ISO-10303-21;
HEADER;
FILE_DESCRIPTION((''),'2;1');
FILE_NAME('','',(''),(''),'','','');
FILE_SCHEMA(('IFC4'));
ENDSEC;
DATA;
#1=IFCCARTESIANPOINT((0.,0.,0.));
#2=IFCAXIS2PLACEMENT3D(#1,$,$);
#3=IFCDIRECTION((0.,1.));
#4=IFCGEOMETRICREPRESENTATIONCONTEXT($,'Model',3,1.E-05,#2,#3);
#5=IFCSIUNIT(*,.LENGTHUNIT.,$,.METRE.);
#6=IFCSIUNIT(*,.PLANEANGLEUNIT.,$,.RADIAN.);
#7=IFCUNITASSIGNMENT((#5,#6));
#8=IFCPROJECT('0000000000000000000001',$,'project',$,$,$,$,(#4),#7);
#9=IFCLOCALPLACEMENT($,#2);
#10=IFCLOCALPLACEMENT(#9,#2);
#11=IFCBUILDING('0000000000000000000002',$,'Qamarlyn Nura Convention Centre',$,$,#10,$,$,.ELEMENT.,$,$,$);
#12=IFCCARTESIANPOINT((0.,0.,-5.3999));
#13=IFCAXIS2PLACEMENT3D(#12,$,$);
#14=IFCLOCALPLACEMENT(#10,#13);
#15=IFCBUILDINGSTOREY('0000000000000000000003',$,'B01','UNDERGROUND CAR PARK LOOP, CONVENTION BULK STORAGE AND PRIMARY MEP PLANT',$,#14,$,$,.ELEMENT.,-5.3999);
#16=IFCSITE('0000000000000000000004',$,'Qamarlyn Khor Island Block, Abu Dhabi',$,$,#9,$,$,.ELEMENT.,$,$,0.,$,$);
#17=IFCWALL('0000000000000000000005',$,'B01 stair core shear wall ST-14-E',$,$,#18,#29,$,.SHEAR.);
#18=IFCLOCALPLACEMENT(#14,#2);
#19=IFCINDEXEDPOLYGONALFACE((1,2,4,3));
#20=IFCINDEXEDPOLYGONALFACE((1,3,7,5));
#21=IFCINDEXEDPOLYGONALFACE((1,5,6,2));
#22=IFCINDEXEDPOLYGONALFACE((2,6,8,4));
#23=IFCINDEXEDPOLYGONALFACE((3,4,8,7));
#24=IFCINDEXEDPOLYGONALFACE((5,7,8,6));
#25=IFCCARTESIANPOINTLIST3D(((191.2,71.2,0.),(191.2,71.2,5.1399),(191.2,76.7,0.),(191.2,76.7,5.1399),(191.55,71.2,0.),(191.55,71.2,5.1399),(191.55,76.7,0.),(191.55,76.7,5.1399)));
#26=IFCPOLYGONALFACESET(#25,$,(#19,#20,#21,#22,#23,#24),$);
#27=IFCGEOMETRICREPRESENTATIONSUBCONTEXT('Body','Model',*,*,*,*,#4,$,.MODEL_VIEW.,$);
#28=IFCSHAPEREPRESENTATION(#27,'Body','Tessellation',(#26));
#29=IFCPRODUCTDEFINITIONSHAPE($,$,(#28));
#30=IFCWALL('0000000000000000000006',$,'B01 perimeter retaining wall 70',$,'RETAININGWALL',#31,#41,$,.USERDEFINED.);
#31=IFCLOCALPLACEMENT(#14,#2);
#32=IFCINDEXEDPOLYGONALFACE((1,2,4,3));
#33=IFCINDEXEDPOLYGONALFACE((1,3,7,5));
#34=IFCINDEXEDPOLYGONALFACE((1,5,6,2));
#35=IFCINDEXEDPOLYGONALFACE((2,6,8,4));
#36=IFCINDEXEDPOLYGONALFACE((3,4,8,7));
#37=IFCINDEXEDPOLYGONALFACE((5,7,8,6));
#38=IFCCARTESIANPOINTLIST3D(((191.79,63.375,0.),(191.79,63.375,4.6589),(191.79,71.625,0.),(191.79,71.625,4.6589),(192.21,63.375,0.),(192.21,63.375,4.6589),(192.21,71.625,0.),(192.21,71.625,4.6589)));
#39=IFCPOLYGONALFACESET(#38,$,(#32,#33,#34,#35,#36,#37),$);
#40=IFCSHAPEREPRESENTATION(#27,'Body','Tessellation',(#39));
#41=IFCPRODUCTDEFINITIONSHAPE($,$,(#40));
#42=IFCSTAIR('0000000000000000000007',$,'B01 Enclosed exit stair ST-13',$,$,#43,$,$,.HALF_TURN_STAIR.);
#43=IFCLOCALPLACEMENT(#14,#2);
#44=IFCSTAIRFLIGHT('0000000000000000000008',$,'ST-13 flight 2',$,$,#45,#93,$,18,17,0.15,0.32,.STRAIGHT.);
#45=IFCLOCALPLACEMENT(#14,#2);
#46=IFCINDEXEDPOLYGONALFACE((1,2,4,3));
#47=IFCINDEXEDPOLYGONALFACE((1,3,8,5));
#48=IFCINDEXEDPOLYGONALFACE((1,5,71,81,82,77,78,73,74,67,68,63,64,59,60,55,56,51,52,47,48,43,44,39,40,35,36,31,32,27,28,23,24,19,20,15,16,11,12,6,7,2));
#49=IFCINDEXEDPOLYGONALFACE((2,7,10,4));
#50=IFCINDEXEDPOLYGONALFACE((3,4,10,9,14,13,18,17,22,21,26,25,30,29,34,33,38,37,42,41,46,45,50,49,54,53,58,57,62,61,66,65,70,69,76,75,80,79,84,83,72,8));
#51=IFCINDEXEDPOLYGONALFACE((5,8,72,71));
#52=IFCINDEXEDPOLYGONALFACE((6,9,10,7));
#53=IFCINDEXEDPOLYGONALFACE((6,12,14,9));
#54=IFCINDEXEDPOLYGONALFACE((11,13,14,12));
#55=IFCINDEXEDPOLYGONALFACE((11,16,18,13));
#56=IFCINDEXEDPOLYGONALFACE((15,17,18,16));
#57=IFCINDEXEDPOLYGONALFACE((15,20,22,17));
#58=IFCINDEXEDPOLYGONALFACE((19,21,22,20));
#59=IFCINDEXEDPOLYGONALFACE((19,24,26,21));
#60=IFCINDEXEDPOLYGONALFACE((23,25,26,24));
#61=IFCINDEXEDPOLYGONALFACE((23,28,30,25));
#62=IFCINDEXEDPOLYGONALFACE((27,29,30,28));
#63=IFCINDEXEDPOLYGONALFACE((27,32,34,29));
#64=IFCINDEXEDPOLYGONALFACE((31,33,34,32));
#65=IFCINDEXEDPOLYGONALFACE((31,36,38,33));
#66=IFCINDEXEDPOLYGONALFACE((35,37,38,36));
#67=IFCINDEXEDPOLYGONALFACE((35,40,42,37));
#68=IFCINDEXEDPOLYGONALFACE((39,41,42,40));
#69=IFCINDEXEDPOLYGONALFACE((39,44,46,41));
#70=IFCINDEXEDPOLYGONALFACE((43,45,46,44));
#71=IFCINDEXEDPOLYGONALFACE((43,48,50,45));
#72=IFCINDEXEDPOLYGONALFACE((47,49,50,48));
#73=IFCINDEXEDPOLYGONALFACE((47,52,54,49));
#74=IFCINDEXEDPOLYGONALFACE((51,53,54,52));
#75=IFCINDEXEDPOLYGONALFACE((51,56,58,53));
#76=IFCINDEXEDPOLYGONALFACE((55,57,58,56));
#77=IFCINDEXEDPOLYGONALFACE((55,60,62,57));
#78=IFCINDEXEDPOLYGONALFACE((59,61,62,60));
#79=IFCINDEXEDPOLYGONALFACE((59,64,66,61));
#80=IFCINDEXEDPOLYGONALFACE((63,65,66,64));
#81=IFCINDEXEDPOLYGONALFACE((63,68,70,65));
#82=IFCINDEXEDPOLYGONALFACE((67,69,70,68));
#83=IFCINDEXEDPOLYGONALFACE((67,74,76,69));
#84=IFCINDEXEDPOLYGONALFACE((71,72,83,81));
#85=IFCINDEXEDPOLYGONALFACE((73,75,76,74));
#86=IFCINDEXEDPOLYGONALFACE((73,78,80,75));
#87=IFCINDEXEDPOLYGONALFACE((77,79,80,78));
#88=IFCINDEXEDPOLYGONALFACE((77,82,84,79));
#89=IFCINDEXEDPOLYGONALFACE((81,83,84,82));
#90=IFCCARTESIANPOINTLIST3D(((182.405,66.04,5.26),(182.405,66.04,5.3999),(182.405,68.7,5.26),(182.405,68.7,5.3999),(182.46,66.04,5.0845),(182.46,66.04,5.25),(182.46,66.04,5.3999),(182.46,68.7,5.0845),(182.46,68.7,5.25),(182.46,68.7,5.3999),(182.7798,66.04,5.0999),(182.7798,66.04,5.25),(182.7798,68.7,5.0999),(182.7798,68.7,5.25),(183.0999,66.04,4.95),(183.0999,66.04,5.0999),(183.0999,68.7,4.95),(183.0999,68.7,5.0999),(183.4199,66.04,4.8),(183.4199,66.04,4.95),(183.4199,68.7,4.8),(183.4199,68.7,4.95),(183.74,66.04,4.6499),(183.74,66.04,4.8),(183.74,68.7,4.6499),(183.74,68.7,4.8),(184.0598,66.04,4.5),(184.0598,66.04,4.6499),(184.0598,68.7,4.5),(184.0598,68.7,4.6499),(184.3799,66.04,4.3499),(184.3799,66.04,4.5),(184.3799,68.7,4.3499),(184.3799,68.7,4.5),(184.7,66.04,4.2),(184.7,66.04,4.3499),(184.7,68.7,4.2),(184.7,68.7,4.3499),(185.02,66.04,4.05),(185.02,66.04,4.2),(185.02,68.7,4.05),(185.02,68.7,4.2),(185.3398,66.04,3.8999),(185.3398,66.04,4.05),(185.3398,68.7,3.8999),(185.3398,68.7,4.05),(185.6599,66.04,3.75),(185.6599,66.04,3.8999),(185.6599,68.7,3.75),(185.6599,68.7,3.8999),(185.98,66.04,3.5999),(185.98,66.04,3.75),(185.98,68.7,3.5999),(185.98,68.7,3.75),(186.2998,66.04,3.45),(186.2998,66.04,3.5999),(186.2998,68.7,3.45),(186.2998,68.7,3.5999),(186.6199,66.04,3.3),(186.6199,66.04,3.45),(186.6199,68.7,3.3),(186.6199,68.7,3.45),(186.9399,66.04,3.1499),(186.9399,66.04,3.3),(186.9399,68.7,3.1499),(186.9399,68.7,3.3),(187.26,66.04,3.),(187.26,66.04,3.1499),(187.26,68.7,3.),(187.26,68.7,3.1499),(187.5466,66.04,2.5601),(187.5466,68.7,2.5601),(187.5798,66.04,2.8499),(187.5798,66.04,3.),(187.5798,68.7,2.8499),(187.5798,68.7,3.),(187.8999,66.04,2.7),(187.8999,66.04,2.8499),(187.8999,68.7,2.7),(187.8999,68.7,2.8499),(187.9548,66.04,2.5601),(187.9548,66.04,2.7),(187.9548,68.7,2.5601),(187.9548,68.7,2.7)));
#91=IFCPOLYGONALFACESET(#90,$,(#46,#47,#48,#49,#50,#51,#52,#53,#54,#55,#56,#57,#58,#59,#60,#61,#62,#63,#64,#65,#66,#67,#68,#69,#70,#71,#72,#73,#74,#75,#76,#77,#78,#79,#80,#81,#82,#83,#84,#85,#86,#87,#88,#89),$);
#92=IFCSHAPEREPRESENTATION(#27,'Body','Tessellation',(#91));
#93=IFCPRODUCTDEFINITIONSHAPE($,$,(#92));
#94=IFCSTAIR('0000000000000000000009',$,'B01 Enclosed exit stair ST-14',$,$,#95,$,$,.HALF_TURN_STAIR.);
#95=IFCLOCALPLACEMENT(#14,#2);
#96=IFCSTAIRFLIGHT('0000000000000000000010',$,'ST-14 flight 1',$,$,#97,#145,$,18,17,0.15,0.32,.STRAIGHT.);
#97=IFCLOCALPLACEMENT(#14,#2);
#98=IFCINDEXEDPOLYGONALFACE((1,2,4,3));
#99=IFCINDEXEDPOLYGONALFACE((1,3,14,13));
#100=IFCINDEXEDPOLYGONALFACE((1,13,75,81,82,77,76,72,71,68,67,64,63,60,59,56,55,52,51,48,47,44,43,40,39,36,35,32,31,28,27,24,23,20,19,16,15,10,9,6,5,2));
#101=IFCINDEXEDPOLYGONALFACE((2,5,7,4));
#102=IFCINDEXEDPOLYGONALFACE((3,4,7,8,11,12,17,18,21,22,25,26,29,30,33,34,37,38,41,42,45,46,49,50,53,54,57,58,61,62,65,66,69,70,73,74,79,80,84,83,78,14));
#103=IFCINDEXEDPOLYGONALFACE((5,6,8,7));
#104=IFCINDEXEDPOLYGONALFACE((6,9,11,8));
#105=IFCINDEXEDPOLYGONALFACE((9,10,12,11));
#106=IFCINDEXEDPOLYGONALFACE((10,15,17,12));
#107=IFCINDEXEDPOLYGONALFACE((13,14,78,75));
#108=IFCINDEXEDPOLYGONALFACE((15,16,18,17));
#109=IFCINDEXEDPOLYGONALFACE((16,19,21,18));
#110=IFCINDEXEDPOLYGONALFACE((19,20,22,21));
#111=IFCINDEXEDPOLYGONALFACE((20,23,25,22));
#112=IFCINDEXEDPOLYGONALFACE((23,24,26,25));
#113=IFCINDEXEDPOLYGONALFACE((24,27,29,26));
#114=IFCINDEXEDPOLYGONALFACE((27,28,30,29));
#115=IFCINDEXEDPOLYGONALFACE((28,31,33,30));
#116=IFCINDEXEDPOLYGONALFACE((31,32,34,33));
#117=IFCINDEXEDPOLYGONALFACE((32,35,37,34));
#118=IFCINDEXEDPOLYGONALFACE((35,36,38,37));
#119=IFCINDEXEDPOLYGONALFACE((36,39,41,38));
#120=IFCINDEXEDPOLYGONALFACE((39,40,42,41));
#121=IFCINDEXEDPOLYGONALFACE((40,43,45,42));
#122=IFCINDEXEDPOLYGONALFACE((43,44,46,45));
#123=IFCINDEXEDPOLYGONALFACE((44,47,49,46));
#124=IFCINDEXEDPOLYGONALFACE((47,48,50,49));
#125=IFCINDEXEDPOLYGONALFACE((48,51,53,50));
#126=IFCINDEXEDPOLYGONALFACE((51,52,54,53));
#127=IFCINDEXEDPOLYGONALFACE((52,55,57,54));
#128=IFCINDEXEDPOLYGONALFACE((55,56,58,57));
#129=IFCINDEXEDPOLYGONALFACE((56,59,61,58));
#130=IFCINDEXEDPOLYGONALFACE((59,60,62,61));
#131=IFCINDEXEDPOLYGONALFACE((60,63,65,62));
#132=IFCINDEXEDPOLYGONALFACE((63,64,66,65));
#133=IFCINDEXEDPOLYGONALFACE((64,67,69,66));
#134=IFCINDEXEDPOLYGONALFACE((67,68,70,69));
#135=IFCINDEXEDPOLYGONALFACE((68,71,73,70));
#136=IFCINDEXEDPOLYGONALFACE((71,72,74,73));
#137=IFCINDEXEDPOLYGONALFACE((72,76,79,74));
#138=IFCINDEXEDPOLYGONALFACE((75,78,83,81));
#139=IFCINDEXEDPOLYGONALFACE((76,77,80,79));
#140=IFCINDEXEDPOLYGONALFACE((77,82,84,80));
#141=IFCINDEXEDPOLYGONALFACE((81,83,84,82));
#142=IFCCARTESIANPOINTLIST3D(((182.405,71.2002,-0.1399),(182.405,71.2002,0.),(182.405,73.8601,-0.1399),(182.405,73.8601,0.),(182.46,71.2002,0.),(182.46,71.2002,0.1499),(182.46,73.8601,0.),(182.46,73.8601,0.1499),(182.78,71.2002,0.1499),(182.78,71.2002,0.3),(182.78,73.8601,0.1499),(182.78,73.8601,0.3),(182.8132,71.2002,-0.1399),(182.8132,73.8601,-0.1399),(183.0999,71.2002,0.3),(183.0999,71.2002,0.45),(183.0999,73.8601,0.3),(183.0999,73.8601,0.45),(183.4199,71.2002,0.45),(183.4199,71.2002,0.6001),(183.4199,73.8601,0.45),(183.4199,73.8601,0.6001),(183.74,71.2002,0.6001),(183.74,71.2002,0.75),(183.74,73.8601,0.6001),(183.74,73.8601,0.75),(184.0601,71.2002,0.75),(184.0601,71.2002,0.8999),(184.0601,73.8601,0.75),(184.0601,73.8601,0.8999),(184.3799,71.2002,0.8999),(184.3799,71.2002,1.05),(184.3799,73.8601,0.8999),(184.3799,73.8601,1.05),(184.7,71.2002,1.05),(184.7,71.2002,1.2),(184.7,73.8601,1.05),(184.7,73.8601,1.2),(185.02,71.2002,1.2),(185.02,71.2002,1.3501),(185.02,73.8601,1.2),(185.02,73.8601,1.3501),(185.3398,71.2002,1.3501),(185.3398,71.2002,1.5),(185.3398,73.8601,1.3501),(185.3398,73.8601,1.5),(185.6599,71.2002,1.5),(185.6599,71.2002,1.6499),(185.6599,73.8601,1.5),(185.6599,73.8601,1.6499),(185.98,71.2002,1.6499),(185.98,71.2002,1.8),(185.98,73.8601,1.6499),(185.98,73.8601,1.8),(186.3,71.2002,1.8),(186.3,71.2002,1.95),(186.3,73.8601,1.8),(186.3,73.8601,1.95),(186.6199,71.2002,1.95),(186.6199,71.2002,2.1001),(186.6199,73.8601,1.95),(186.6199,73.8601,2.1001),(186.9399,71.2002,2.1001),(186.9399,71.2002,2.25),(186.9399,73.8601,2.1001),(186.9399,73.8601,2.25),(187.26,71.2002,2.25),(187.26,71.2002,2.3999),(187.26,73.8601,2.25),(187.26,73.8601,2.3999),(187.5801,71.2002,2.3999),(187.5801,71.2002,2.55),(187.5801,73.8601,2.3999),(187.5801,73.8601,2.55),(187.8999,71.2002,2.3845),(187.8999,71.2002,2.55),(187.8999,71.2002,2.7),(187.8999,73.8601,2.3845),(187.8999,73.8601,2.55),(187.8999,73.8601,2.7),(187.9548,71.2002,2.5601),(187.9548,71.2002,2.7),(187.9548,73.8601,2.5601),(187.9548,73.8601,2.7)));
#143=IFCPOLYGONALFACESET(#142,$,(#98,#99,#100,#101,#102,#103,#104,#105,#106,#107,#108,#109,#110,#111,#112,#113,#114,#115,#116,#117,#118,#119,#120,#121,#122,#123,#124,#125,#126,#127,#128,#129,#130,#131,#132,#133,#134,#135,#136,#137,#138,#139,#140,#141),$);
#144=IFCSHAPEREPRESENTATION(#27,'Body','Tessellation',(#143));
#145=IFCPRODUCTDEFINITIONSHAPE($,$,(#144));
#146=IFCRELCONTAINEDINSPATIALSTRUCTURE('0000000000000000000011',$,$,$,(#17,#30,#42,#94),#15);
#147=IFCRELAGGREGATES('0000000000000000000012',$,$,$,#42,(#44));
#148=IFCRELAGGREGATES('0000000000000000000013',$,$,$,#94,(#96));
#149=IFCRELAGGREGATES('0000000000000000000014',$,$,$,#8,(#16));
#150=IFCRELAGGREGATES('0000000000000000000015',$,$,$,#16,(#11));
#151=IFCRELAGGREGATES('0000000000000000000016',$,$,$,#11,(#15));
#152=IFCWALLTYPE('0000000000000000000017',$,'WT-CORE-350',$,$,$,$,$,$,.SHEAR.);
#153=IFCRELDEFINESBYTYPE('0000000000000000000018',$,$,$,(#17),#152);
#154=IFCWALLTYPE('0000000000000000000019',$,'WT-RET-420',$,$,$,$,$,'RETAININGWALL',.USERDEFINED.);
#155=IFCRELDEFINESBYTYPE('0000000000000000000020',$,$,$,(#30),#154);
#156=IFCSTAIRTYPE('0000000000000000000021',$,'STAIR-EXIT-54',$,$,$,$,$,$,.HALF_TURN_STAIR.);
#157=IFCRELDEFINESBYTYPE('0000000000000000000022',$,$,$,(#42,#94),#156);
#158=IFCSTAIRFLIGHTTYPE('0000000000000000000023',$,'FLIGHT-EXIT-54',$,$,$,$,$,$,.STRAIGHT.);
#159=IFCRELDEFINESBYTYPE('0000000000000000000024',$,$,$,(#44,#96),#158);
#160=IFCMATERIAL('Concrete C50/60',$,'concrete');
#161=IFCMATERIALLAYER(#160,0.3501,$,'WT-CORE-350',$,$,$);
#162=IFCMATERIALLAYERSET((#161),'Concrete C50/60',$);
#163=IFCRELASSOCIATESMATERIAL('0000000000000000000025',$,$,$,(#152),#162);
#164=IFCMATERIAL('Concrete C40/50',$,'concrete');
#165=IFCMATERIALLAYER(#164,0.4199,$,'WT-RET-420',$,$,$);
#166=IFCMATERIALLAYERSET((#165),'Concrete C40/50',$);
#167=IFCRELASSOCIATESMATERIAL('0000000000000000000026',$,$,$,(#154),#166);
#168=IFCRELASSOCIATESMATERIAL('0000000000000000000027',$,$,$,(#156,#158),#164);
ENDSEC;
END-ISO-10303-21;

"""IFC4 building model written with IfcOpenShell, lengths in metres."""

from ifc_helpers import new_model, si_unit, direction, frame, frame_2d, origin, place, context, subcontext, project, spatial, polyline, rectangle, outline, extrude, material, layer, layer_set, type_object, element, aggregate, save


model = new_model("IFC4")

# Units and contexts
model_context = context("Model", 3, precision=1e-05, world=origin(), true_north=direction((0.0, 1.0)))
body_context = subcontext(model_context, "Body", "Model", "MODEL_VIEW")
ifc_project = project(units=[si_unit("LENGTHUNIT", "METRE"), si_unit("PLANEANGLEUNIT", "RADIAN")], contexts=[model_context])

# Site, building, storey
site_placement = place(None, origin())
site = spatial("IfcSite", under=ifc_project, at=site_placement, Name="Qamarlyn Khor Island Block, Abu Dhabi", CompositionType="ELEMENT", RefElevation=0.0)
building_placement = place(site_placement, origin())
building = spatial("IfcBuilding", under=site, at=building_placement, Name="Qamarlyn Nura Convention Centre", CompositionType="ELEMENT")
storey_placement = place(building_placement, frame((0.0, 0.0, -5.3999)))
storey = spatial("IfcBuildingStorey", under=building, at=storey_placement, Name="B01", Description="UNDERGROUND CAR PARK LOOP, CONVENTION BULK STORAGE AND PRIMARY MEP PLANT", CompositionType="ELEMENT", Elevation=-5.3999)

# Shared definitions
ifc_material_1 = material(Name="Concrete C40/50", Category="concrete")

# Shared definitions
ifc_material_2 = material(Name="Concrete C50/60", Category="concrete")

# Walls
ifc_layer_1 = layer(ifc_material_2, 0.3501, Name="WT-CORE-350")
ifc_layer_set_1 = layer_set([ifc_layer_1], Name="Concrete C50/60")
wall_type_1 = type_object("IfcWallType", Name="WT-CORE-350", PredefinedType="SHEAR", material=ifc_layer_set_1)
wall_1_placement = place(storey_placement, frame((191.375, 71.2, 0.0), z_axis=(0.0, 0.0, 1.0), x_axis=(0.0, 1.0, 0.0)))
element("IfcWall", 1, at=wall_1_placement, inside=storey, type_object=wall_type_1, Name="B01 stair core shear wall ST-14-E", PredefinedType="SHEAR", context=body_context, shape_type="SweptSolid", body=[
    extrude(rectangle(XDim=5.5, YDim=0.3501, at=frame_2d((2.75, 0.0))), origin(), (0.0, 0.0, 1.0), 5.1399),
])
ifc_layer_2 = layer(ifc_material_1, 0.4199, Name="WT-RET-420")
ifc_layer_set_2 = layer_set([ifc_layer_2], Name="Concrete C40/50")
wall_type_2 = type_object("IfcWallType", Name="WT-RET-420", ElementType="RETAININGWALL", PredefinedType="USERDEFINED", material=ifc_layer_set_2)
wall_2_placement = place(storey_placement, frame((192.0, 71.625, 0.0), z_axis=(0.0, 0.0, 1.0), x_axis=(0.0, -1.0, 0.0)))
element("IfcWall", 2, at=wall_2_placement, inside=storey, type_object=wall_type_2, Name="B01 perimeter retaining wall 70", ObjectType="RETAININGWALL", PredefinedType="USERDEFINED", context=body_context, shape_type="SweptSolid", body=[
    extrude(rectangle(XDim=8.25, YDim=0.4199, at=frame_2d((4.125, 0.0))), origin(), (0.0, 0.0, 1.0), 4.6589),
])

# Stairs, stair flights
stair_type = type_object("IfcStairType", Name="STAIR-EXIT-54", PredefinedType="HALF_TURN_STAIR", material=ifc_material_1)
stair_1_placement = place(storey_placement, origin())
stair_1 = element("IfcStair", 3, at=stair_1_placement, inside=storey, type_object=stair_type, Name="B01 Enclosed exit stair ST-13", PredefinedType="HALF_TURN_STAIR")
stair_flight_type = type_object("IfcStairFlightType", Name="FLIGHT-EXIT-54", PredefinedType="STRAIGHT", material=ifc_material_1)
stair_flight_1_placement = place(storey_placement, frame((187.8999, 67.3701, 2.7), z_axis=(0.0, 0.0, 1.0), x_axis=(-1.0, 0.0, 0.0)))
stair_flight_1 = element("IfcStairFlight", 4, at=stair_flight_1_placement, type_object=stair_flight_type, Name="ST-13 flight 2", NumberOfRisers=18, NumberOfTreads=17, PredefinedType="STRAIGHT", RiserHeight=0.15, TreadLength=0.32, context=body_context, shape_type="SweptSolid", body=[
    extrude(outline(polyline([(-0.0549, 0.0), (0.0, 0.0), (0.0, 0.1499), (0.3201, 0.1499), (0.3201, 0.3), (0.6399, 0.3), (0.6399, 0.45), (0.96, 0.45), (0.96, 0.6001), (1.28, 0.6001), (1.28, 0.75), (1.6001, 0.75), (1.6001, 0.8999), (1.9199, 0.8999), (1.9199, 1.05), (2.24, 1.05), (2.24, 1.2), (2.5601, 1.2), (2.5601, 1.3501), (2.8799, 1.3501), (2.8799, 1.5), (3.2, 1.5), (3.2, 1.6499), (3.52, 1.6499), (3.52, 1.8), (3.8401, 1.8), (3.8401, 1.95), (4.1599, 1.95), (4.1599, 2.1001), (4.48, 2.1001), (4.48, 2.25), (4.8, 2.25), (4.8, 2.3999), (5.1201, 2.3999), (5.1201, 2.55), (5.4399, 2.55), (5.4399, 2.7), (5.4949, 2.7), (5.4949, 2.5601), (5.4399, 2.3845), (0.3533, -0.1399), (-0.0549, -0.1399), (-0.0549, 0.0)])), frame((0.0, 1.3301, 0.0), z_axis=(0.0, -1.0, 0.0), x_axis=(1.0, 0.0, 0.0)), (0.0, 0.0, 1.0), 2.6599),
])
aggregate(stair_1, [stair_flight_1])
stair_2_placement = place(storey_placement, origin())
stair_2 = element("IfcStair", 5, at=stair_2_placement, inside=storey, type_object=stair_type, Name="B01 Enclosed exit stair ST-14", PredefinedType="HALF_TURN_STAIR")
stair_flight_2_placement = place(storey_placement, frame((182.46, 72.53, 0.0), z_axis=(0.0, 0.0, 1.0), x_axis=(1.0, 0.0, 0.0)))
stair_flight_2 = element("IfcStairFlight", 6, at=stair_flight_2_placement, type_object=stair_flight_type, Name="ST-14 flight 1", NumberOfRisers=18, NumberOfTreads=17, PredefinedType="STRAIGHT", RiserHeight=0.15, TreadLength=0.32, context=body_context, shape_type="SweptSolid", body=[
    extrude(outline(polyline([(-0.0549, 0.0), (0.0, 0.0), (0.0, 0.1499), (0.3201, 0.1499), (0.3201, 0.3), (0.6399, 0.3), (0.6399, 0.45), (0.96, 0.45), (0.96, 0.6001), (1.28, 0.6001), (1.28, 0.75), (1.6001, 0.75), (1.6001, 0.8999), (1.9199, 0.8999), (1.9199, 1.05), (2.24, 1.05), (2.24, 1.2), (2.5601, 1.2), (2.5601, 1.3501), (2.8799, 1.3501), (2.8799, 1.5), (3.2, 1.5), (3.2, 1.6499), (3.52, 1.6499), (3.52, 1.8), (3.8401, 1.8), (3.8401, 1.95), (4.1599, 1.95), (4.1599, 2.1001), (4.48, 2.1001), (4.48, 2.25), (4.8, 2.25), (4.8, 2.3999), (5.1201, 2.3999), (5.1201, 2.55), (5.4399, 2.55), (5.4399, 2.7), (5.4949, 2.7), (5.4949, 2.5601), (5.4399, 2.3845), (0.3533, -0.1399), (-0.0549, -0.1399), (-0.0549, 0.0)])), frame((0.0, 1.3301, 0.0), z_axis=(0.0, -1.0, 0.0), x_axis=(1.0, 0.0, 0.0)), (0.0, 0.0, 1.0), 2.6599),
])
aggregate(stair_2, [stair_flight_2])

save(model, "model.ifc")
